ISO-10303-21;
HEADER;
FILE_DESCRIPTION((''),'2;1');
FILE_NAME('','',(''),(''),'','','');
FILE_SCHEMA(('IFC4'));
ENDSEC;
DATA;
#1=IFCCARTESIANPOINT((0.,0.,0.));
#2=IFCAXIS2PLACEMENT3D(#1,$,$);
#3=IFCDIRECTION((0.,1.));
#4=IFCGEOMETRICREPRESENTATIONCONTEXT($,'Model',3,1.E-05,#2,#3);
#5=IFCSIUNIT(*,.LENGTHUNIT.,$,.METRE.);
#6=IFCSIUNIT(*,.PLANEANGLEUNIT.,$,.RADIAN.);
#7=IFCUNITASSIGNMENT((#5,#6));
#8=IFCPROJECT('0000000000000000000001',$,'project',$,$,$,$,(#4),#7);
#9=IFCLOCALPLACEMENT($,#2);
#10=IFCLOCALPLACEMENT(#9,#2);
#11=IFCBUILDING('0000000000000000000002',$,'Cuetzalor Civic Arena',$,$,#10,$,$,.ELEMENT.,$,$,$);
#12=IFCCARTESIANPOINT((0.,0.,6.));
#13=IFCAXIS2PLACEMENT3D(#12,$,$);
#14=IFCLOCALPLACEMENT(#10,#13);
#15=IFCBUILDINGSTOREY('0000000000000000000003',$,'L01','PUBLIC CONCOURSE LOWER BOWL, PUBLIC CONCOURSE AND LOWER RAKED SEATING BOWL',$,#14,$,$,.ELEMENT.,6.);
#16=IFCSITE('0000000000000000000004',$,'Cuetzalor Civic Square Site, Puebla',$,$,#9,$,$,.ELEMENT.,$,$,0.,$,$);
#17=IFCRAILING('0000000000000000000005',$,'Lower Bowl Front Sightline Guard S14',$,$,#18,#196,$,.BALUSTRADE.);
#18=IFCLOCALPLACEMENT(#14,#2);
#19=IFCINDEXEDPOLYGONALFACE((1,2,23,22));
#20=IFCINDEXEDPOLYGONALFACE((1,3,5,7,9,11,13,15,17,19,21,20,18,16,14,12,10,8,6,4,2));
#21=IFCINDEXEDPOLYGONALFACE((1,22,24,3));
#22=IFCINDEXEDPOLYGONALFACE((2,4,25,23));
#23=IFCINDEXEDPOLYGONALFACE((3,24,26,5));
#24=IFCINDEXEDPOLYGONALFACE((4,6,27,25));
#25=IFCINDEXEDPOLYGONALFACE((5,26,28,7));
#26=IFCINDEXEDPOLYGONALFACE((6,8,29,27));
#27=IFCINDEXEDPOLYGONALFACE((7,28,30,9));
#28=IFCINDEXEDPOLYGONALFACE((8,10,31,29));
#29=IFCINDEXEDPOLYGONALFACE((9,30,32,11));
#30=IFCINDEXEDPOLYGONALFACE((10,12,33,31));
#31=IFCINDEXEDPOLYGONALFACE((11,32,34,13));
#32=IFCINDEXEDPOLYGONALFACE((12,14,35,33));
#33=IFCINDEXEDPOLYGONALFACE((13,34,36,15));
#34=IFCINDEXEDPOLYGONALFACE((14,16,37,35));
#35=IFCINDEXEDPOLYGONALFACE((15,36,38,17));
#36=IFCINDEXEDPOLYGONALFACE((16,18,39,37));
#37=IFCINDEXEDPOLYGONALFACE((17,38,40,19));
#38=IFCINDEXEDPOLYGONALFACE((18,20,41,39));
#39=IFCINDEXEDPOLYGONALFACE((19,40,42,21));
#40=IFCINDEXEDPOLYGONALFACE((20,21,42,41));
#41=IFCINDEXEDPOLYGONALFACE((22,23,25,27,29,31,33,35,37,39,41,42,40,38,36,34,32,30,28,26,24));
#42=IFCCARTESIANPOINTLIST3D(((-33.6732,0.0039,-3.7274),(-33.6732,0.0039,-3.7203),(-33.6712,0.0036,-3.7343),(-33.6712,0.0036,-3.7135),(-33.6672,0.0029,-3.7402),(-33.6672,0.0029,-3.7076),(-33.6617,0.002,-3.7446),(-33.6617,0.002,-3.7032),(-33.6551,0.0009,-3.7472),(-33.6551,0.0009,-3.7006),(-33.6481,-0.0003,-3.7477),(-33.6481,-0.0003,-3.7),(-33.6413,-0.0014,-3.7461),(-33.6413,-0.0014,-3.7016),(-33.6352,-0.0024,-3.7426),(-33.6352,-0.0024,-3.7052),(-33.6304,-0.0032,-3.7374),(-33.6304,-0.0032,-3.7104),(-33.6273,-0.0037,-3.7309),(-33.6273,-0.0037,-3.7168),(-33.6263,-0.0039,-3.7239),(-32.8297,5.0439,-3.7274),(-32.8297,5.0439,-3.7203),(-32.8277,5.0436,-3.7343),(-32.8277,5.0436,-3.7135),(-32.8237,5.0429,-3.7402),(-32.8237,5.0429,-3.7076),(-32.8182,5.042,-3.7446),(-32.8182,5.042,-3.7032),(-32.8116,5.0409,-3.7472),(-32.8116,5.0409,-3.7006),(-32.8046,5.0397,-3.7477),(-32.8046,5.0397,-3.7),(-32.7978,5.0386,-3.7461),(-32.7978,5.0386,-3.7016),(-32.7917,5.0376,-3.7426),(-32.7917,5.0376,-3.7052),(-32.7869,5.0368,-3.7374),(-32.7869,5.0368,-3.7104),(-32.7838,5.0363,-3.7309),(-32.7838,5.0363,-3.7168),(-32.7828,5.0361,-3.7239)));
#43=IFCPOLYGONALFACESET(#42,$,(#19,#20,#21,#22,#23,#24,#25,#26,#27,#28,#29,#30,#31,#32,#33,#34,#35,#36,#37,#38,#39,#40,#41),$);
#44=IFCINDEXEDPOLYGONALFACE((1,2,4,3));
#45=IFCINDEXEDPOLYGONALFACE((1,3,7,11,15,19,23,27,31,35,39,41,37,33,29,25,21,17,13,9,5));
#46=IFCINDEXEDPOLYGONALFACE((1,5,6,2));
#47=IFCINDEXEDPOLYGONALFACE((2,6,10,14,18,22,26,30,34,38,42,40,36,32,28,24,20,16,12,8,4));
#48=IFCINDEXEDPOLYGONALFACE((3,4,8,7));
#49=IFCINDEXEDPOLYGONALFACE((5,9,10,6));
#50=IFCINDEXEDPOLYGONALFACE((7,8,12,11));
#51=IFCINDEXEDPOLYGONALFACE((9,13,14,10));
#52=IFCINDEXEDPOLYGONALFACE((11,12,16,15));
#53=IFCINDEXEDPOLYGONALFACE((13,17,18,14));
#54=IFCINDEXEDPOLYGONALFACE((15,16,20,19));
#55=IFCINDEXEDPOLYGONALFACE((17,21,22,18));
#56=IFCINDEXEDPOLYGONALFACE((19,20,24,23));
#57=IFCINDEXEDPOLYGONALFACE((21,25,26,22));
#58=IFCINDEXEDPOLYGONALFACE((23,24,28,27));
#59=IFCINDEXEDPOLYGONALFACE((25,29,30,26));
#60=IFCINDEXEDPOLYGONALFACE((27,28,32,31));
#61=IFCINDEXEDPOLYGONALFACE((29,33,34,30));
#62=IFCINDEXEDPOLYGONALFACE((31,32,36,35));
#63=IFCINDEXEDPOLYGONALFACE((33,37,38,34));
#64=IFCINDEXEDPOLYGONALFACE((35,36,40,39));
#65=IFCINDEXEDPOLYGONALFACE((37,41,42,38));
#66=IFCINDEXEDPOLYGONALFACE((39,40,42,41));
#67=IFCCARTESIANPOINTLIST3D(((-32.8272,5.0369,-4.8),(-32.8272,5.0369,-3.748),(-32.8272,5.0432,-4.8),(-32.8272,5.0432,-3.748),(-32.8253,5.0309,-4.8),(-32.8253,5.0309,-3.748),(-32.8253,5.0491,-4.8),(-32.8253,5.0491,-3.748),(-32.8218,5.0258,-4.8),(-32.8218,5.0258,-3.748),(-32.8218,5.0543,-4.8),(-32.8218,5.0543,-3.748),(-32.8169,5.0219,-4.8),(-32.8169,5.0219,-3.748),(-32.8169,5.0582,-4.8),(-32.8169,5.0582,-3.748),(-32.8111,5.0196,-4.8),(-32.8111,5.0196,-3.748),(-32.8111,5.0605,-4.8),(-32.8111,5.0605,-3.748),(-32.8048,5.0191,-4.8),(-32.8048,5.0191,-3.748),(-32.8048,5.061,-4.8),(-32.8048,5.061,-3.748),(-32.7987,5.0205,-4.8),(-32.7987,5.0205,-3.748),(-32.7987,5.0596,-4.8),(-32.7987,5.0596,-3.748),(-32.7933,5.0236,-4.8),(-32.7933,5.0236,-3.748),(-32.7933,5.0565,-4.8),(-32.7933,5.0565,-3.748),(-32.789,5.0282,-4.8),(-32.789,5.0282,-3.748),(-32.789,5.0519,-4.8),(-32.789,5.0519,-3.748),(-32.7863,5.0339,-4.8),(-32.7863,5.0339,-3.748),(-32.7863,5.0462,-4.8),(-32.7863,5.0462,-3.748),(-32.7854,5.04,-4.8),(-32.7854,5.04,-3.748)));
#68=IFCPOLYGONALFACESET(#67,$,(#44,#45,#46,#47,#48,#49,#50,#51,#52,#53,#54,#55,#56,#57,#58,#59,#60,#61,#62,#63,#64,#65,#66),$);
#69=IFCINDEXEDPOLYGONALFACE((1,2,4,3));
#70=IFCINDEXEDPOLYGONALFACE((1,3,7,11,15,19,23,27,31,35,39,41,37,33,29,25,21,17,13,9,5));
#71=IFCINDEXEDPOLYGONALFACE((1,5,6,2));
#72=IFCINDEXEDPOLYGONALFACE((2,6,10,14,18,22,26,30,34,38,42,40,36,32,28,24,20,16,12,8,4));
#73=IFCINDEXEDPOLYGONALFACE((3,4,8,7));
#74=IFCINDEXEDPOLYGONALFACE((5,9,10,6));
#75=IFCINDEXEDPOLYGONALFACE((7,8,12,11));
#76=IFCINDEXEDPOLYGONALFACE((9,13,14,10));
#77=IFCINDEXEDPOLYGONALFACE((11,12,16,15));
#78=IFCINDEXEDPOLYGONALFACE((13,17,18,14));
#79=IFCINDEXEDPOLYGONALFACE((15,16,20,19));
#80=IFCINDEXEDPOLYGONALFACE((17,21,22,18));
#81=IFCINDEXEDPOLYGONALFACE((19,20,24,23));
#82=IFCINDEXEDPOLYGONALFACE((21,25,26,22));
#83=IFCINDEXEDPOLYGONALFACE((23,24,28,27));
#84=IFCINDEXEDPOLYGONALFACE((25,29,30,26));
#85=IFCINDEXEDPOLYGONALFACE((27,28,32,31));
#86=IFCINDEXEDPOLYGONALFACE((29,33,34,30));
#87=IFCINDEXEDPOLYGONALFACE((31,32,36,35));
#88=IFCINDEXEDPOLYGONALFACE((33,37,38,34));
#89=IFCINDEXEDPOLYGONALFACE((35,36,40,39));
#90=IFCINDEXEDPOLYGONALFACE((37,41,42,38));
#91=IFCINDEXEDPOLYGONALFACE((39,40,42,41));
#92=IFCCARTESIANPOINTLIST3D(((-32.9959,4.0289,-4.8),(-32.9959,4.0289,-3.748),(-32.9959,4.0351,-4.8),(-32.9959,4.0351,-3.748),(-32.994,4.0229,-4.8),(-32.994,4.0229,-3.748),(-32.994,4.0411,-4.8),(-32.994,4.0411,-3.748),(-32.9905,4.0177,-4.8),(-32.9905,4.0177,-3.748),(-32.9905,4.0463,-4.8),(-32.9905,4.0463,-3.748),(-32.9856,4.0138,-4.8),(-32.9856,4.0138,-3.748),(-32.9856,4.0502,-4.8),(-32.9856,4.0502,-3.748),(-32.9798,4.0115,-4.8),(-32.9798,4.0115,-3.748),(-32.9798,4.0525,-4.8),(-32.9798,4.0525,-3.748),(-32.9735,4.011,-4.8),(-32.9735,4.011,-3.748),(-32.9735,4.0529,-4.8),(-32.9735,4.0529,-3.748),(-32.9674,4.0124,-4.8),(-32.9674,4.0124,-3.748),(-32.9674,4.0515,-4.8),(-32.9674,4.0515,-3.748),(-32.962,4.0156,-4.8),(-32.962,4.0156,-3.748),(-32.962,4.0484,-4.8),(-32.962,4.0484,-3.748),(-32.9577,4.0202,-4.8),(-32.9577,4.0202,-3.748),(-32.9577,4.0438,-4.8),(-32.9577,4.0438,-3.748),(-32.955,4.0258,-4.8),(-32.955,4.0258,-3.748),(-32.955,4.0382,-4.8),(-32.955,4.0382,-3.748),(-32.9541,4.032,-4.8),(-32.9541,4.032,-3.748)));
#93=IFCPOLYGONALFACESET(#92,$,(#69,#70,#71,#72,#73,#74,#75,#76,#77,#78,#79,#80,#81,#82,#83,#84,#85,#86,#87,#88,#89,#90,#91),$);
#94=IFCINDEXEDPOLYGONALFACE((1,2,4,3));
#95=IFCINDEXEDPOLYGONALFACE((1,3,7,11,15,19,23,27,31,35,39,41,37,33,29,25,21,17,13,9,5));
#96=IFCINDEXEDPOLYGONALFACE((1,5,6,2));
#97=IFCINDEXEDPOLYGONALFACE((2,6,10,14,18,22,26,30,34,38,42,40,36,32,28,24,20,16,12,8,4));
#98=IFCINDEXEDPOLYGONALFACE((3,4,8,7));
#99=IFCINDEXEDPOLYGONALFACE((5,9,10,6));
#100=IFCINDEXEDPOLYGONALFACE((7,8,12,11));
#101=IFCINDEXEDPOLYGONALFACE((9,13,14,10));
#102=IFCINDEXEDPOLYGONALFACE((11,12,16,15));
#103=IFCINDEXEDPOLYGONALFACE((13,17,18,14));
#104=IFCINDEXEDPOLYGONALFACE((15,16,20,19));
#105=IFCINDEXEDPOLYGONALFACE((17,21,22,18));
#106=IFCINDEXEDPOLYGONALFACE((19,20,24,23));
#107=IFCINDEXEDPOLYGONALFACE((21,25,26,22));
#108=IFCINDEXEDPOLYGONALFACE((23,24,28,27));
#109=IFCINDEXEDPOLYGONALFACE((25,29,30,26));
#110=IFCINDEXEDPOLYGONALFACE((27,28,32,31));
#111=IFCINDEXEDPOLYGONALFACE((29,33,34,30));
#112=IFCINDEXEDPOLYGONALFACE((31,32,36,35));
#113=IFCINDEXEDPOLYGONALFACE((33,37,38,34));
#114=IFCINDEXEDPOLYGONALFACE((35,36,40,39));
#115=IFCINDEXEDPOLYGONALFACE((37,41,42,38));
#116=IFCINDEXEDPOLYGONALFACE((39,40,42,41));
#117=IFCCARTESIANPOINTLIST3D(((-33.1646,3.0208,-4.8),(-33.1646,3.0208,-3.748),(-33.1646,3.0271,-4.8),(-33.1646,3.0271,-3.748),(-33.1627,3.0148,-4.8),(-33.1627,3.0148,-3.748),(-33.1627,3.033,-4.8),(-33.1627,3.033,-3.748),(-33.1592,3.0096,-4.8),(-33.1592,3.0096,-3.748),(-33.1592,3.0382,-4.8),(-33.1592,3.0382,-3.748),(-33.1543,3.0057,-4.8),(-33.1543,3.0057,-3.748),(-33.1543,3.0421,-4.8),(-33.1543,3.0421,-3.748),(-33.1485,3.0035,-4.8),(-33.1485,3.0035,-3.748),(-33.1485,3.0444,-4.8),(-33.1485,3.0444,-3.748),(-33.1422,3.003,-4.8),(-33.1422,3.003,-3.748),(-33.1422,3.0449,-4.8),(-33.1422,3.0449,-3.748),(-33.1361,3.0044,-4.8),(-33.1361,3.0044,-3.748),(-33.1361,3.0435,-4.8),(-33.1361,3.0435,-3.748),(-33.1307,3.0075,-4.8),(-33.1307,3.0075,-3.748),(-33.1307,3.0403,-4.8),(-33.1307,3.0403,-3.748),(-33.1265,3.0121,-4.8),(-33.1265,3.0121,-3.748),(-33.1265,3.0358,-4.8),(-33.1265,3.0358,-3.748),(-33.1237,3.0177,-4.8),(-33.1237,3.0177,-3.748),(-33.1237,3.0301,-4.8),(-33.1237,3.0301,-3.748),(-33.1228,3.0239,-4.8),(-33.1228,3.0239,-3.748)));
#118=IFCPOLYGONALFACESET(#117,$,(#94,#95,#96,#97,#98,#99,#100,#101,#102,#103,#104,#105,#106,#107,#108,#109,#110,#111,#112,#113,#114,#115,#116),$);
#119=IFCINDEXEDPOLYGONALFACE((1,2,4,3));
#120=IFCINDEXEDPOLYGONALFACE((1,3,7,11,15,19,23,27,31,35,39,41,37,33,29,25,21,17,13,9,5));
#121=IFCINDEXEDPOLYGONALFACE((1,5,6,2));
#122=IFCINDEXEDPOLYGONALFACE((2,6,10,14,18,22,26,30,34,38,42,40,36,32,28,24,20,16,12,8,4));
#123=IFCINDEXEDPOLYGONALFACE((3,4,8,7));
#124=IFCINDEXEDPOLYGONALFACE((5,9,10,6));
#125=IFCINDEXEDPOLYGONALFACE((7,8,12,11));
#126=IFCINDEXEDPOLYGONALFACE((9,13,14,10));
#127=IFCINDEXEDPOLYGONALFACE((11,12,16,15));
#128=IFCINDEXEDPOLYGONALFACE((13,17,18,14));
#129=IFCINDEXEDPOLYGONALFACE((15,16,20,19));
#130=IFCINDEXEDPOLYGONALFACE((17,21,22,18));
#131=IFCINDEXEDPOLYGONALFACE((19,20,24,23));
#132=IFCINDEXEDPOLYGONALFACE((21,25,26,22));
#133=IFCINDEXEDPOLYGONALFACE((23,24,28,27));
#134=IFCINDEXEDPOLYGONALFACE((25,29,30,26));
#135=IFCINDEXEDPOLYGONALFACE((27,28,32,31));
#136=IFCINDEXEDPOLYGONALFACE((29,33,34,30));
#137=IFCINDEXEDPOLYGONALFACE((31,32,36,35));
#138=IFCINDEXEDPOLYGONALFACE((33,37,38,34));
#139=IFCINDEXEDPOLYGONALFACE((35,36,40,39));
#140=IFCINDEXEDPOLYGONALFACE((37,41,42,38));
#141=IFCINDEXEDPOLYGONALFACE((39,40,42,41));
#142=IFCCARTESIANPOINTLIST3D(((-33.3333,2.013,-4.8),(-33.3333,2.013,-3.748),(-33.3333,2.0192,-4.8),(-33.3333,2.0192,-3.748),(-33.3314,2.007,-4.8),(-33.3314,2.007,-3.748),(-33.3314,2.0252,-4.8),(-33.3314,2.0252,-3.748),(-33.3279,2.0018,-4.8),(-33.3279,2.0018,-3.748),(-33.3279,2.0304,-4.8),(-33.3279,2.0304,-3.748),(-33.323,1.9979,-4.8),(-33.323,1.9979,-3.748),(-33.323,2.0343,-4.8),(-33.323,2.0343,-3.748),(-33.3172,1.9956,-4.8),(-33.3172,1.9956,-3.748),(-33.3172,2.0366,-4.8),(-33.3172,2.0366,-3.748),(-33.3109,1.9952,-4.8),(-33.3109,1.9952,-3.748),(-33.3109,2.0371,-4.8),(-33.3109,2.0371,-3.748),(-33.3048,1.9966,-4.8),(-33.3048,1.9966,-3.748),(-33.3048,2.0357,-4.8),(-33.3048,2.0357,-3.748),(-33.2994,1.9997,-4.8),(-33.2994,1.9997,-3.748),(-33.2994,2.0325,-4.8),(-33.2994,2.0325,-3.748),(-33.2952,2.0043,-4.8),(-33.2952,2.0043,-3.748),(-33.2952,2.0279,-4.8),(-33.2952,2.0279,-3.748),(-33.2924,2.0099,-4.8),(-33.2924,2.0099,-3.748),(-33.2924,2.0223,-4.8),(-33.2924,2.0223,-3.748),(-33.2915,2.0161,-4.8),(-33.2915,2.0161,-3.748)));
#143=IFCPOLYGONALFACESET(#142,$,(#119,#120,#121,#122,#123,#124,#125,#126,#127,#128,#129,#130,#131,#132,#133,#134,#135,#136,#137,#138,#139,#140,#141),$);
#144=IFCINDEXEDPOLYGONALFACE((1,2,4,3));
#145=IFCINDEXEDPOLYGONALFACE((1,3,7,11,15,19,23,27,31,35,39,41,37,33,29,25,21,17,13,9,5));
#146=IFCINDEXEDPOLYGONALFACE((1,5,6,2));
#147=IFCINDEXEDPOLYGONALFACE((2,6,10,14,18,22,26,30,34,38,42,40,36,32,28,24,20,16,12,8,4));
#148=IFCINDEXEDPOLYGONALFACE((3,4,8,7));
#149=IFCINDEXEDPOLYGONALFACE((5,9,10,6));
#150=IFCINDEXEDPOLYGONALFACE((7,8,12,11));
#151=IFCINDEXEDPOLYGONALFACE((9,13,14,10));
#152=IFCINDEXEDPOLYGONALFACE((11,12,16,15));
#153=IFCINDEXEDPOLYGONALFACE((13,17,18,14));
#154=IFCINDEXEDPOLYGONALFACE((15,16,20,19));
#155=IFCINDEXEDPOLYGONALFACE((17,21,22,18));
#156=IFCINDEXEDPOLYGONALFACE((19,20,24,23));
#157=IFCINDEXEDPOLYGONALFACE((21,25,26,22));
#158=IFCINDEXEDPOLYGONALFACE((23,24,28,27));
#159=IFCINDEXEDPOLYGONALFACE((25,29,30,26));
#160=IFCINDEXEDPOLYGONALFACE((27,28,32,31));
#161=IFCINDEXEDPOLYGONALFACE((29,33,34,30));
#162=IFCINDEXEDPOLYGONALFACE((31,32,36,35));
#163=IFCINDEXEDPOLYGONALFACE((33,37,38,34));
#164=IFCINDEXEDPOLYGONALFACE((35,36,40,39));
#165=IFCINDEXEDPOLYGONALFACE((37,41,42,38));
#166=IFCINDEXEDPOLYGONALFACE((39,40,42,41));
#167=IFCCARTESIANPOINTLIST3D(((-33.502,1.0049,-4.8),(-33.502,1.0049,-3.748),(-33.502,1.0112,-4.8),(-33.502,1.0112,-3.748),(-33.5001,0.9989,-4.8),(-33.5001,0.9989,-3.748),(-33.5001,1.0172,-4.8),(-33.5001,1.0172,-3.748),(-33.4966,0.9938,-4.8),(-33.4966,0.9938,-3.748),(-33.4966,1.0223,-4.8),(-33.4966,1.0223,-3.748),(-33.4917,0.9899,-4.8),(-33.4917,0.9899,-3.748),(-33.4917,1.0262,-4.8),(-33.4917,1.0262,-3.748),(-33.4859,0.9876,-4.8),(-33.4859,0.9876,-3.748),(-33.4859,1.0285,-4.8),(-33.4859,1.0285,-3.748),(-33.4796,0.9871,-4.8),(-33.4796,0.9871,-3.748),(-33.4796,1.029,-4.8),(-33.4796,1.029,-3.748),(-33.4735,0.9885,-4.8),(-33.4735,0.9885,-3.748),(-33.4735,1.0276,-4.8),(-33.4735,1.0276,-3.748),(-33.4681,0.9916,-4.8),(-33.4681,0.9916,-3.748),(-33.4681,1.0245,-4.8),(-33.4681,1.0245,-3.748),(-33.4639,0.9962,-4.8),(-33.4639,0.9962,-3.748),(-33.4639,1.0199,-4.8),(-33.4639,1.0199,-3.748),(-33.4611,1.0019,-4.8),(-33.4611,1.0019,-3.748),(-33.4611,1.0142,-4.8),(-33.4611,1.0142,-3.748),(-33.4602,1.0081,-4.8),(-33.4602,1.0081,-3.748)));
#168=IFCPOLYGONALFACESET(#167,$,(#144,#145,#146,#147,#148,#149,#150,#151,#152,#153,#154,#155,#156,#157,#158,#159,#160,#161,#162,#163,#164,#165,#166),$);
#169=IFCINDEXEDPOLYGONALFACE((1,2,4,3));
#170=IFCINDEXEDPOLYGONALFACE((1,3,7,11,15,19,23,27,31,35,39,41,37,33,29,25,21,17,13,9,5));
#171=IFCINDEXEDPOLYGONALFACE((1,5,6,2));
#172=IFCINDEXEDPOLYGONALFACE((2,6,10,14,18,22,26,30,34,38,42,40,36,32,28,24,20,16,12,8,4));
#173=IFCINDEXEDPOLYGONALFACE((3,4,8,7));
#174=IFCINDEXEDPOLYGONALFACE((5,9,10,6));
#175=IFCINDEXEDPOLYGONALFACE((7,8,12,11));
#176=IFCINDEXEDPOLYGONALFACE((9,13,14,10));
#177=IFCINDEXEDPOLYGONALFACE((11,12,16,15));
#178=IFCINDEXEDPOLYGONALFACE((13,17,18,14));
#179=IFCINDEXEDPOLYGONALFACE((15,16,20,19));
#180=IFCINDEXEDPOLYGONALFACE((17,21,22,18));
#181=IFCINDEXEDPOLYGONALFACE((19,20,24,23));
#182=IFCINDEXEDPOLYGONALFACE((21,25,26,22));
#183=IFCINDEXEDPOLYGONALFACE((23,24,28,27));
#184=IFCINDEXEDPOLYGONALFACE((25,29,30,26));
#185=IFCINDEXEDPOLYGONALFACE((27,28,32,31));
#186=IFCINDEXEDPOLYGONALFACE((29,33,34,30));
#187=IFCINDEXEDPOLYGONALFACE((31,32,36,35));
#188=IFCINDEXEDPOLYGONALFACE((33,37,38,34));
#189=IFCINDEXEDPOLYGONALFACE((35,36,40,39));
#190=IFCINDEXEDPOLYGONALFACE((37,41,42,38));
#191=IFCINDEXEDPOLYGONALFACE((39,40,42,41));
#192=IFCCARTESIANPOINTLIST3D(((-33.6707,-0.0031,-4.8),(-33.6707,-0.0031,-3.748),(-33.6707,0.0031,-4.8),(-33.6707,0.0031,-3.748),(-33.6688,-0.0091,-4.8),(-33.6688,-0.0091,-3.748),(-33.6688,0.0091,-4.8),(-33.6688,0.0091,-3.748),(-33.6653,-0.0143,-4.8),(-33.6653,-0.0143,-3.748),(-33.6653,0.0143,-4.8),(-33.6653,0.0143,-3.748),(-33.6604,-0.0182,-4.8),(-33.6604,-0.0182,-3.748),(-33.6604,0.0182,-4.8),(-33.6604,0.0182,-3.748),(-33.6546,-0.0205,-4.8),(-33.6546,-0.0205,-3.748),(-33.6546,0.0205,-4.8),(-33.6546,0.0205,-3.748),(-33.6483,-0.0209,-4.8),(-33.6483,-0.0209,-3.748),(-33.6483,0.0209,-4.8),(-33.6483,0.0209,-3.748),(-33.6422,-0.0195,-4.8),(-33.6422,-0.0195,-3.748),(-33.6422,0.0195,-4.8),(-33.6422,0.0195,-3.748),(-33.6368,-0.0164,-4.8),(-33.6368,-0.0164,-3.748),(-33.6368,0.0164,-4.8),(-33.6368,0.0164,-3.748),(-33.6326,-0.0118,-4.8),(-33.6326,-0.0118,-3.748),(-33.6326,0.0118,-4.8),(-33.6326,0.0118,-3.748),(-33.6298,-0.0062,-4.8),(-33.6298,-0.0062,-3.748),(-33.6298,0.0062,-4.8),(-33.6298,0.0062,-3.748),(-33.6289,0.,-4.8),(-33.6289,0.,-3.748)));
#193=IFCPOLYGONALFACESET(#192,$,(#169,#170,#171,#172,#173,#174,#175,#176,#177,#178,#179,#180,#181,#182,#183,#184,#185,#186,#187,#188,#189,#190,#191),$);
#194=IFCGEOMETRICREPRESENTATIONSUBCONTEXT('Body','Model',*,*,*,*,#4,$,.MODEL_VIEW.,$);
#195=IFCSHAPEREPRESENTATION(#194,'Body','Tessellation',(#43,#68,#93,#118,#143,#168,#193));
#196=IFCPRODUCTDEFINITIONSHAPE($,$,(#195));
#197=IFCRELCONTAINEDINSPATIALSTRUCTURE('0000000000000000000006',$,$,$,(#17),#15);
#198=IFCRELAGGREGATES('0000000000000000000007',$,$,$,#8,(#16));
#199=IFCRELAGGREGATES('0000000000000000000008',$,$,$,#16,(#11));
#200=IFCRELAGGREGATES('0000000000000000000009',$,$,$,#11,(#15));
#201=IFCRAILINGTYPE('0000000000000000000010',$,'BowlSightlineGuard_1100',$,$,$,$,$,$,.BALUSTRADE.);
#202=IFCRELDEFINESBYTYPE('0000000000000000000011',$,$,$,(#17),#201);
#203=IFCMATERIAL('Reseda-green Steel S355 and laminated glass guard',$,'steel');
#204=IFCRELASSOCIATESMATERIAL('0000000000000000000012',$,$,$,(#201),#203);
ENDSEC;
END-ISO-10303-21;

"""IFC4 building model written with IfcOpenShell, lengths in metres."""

from ifc_helpers import new_model, si_unit, direction, frame, origin, origin_2d, place, context, subcontext, project, spatial, circle, extrude, material, type_object, element, save


model = new_model("IFC4")

# Units and contexts
model_context = context("Model", 3, precision=1e-05, world=origin(), true_north=direction((0.0, 1.0)))
body_context = subcontext(model_context, "Body", "Model", "MODEL_VIEW")
ifc_project = project(units=[si_unit("LENGTHUNIT", "METRE"), si_unit("PLANEANGLEUNIT", "RADIAN")], contexts=[model_context])

# Site, building, storey
site_placement = place(None, origin())
site = spatial("IfcSite", under=ifc_project, at=site_placement, Name="Cuetzalor Civic Square Site, Puebla", CompositionType="ELEMENT", RefElevation=0.0)
building_placement = place(site_placement, origin())
building = spatial("IfcBuilding", under=site, at=building_placement, Name="Cuetzalor Civic Arena", CompositionType="ELEMENT")
storey_placement = place(building_placement, frame((0.0, 0.0, 6.0)))
storey = spatial("IfcBuildingStorey", under=building, at=storey_placement, Name="L01", Description="PUBLIC CONCOURSE LOWER BOWL, PUBLIC CONCOURSE AND LOWER RAKED SEATING BOWL", CompositionType="ELEMENT", Elevation=6.0)

# Railing
ifc_material_1 = material(Name="Reseda-green Steel S355 and laminated glass guard", Category="steel")
railing_type = type_object("IfcRailingType", Name="BowlSightlineGuard_1100", PredefinedType="BALUSTRADE", material=ifc_material_1)
railing_1_placement = place(storey_placement, frame((-32.8064, 5.04, -4.8)))
element("IfcRailing", 1, at=railing_1_placement, inside=storey, type_object=railing_type, Name="Lower Bowl Front Sightline Guard S14", PredefinedType="BALUSTRADE", context=body_context, shape_type="SweptSolid", body=[
    extrude(circle(Radius=0.0239, at=origin_2d()), frame((0.0, 0.0, 1.0762), z_axis=(-0.165065, -0.986283, 0.0), x_axis=(0.986283, -0.165065, 0.0)), (0.0, 0.0, 1.0), 5.1101),
    extrude(circle(Radius=0.021, at=origin_2d()), origin(), (0.0, 0.0, 1.0), 1.052),
    extrude(circle(Radius=0.021, at=origin_2d()), frame((-0.1687, -1.0081, 0.0)), (0.0, 0.0, 1.0), 1.052),
    extrude(circle(Radius=0.021, at=origin_2d()), frame((-0.3374, -2.0161, 0.0)), (0.0, 0.0, 1.0), 1.052),
    extrude(circle(Radius=0.021, at=origin_2d()), frame((-0.5061, -3.0239, 0.0)), (0.0, 0.0, 1.0), 1.052),
    extrude(circle(Radius=0.021, at=origin_2d()), frame((-0.6748, -4.032, 0.0)), (0.0, 0.0, 1.0), 1.052),
    extrude(circle(Radius=0.021, at=origin_2d()), frame((-0.8435, -5.04, 0.0)), (0.0, 0.0, 1.0), 1.052),
])

save(model, "model.ifc")
